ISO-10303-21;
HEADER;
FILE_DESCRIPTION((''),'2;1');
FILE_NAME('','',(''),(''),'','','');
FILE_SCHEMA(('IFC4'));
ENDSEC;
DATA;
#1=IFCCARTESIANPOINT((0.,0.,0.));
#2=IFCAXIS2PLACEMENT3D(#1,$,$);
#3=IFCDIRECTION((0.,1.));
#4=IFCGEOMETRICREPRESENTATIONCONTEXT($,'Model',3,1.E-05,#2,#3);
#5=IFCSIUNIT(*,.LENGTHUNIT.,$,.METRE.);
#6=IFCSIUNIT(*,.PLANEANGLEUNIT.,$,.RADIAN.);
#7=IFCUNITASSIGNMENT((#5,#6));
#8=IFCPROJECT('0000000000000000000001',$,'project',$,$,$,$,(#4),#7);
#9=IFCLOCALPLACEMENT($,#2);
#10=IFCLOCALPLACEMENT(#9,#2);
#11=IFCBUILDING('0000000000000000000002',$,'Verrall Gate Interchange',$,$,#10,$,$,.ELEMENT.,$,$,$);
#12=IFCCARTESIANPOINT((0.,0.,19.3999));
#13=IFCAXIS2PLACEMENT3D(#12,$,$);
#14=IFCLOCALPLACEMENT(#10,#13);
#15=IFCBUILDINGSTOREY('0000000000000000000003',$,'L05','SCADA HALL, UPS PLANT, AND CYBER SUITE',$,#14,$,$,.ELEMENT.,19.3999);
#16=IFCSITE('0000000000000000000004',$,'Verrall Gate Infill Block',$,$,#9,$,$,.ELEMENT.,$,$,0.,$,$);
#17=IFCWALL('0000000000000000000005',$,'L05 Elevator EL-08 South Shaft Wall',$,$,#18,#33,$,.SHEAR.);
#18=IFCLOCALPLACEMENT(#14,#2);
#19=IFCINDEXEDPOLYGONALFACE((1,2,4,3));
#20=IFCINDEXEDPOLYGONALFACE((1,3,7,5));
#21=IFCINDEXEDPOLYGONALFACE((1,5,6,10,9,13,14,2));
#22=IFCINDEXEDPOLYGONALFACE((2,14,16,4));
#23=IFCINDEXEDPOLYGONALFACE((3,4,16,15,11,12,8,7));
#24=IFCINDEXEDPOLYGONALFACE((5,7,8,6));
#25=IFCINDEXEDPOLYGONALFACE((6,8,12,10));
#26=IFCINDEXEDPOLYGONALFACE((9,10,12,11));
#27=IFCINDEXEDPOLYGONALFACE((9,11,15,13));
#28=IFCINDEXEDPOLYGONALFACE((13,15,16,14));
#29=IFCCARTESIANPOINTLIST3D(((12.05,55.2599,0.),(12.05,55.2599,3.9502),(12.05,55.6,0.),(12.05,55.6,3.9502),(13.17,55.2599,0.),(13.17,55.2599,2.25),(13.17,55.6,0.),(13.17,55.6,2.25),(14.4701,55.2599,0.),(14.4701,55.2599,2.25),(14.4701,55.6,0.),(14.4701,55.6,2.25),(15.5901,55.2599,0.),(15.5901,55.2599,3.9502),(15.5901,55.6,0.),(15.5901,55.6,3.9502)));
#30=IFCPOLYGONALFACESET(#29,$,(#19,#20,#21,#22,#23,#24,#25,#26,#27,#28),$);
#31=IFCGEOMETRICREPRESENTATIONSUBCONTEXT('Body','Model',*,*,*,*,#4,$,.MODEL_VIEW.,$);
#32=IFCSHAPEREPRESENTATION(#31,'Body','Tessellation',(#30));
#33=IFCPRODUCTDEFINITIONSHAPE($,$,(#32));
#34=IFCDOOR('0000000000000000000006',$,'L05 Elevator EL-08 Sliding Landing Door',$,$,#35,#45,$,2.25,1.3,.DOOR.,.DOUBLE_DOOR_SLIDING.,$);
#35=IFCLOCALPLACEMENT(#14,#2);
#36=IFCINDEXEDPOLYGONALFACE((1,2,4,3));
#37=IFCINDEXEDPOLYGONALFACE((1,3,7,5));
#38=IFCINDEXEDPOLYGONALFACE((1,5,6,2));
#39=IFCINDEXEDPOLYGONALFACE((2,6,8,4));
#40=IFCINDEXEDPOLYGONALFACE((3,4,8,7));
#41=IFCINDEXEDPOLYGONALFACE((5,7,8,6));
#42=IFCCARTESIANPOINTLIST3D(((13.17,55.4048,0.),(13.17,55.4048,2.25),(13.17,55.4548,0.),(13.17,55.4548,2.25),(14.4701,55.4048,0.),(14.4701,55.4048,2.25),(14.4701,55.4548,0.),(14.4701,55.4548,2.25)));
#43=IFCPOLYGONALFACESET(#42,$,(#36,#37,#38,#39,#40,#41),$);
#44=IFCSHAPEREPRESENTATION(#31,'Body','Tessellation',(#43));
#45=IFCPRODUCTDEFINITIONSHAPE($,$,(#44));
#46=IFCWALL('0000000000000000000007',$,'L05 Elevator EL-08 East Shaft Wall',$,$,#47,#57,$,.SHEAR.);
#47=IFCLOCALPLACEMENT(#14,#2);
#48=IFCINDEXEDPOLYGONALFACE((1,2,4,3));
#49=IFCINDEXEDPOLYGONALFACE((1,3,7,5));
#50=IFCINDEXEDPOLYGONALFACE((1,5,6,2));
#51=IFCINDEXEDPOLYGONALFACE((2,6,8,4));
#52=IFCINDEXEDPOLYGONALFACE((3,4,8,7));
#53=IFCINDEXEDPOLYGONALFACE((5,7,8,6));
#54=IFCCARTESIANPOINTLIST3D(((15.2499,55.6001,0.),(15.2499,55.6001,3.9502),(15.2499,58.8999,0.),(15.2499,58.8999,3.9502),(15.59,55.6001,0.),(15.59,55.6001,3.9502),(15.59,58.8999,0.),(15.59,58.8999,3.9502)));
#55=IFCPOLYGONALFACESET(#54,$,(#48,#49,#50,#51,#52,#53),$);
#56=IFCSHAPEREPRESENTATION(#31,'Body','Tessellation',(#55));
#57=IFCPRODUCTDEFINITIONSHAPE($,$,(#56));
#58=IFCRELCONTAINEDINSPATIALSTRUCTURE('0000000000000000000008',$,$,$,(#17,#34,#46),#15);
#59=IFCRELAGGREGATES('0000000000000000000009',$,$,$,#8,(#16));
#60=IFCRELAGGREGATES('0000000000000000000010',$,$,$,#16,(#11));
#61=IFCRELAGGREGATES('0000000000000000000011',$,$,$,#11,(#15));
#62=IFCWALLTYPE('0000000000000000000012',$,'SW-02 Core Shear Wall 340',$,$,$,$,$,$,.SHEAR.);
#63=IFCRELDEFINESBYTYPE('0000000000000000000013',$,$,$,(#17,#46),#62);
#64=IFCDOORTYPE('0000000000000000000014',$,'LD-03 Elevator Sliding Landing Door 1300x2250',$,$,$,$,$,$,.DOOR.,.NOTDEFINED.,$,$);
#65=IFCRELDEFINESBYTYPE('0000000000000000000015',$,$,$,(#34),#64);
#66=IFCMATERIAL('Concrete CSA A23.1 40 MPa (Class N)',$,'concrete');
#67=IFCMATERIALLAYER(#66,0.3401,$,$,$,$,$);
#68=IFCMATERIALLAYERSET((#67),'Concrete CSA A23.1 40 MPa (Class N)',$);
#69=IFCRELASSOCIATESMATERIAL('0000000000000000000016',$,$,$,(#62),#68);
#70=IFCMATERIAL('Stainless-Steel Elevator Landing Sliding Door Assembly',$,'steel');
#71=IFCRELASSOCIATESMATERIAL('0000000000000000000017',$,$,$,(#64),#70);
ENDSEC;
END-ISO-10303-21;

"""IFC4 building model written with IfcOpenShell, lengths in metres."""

from ifc_helpers import new_model, si_unit, direction, frame, frame_2d, origin, place, context, subcontext, project, spatial, rectangle, extrude, material, layer, layer_set, type_object, element, fill, save


model = new_model("IFC4")

# Units and contexts
model_context = context("Model", 3, precision=1e-05, world=origin(), true_north=direction((0.0, 1.0)))
body_context = subcontext(model_context, "Body", "Model", "MODEL_VIEW")
ifc_project = project(units=[si_unit("LENGTHUNIT", "METRE"), si_unit("PLANEANGLEUNIT", "RADIAN")], contexts=[model_context])

# Site, building, storey
site_placement = place(None, origin())
site = spatial("IfcSite", under=ifc_project, at=site_placement, Name="Verrall Gate Infill Block", CompositionType="ELEMENT", RefElevation=0.0)
building_placement = place(site_placement, origin())
building = spatial("IfcBuilding", under=site, at=building_placement, Name="Verrall Gate Interchange", CompositionType="ELEMENT")
storey_placement = place(building_placement, frame((0.0, 0.0, 19.3999)))
storey = spatial("IfcBuildingStorey", under=building, at=storey_placement, Name="L05", Description="SCADA HALL, UPS PLANT, AND CYBER SUITE", CompositionType="ELEMENT", Elevation=19.3999)

# Wall, opening, door
ifc_material_1 = material(Name="Concrete CSA A23.1 40 MPa (Class N)", Category="concrete")
ifc_layer_1 = layer(ifc_material_1, 0.3401)
ifc_layer_set_1 = layer_set([ifc_layer_1], Name="Concrete CSA A23.1 40 MPa (Class N)")
wall_type_1 = type_object("IfcWallType", Name="SW-02 Core Shear Wall 340", PredefinedType="SHEAR", material=ifc_layer_set_1)
wall_1_placement = place(storey_placement, frame((12.05, 55.4299, 0.0), z_axis=(0.0, 0.0, 1.0), x_axis=(1.0, 0.0, 0.0)))
wall_1 = element("IfcWall", 1, at=wall_1_placement, inside=storey, type_object=wall_type_1, Name="L05 Elevator EL-08 South Shaft Wall", PredefinedType="SHEAR", context=body_context, shape_type="SweptSolid", body=[
    extrude(rectangle(XDim=3.54, YDim=0.3401, at=frame_2d((1.77, 0.0))), origin(), (0.0, 0.0, 1.0), 3.9502),
])
opening_1_placement = place(wall_1_placement, frame((1.1201, 0.0, 0.0)))
opening_1 = element("IfcOpeningElement", 2, at=opening_1_placement, cuts=wall_1, PredefinedType="OPENING", context=body_context, shape_type="SweptSolid", body=[
    extrude(rectangle(XDim=1.3, YDim=2.25, at=frame_2d((0.6499, 1.125))), frame((0.0, 0.1851, 0.0), z_axis=(0.0, -1.0, 0.0), x_axis=(1.0, 0.0, 0.0)), (0.0, 0.0, 1.0), 0.3699),
])
ifc_material_2 = material(Name="Stainless-Steel Elevator Landing Sliding Door Assembly", Category="steel")
door_type_1 = type_object("IfcDoorType", Name="LD-03 Elevator Sliding Landing Door 1300x2250", OperationType="NOTDEFINED", PredefinedType="DOOR", material=ifc_material_2)
door_1_placement = place(opening_1_placement, origin())
door_1 = element("IfcDoor", 3, at=door_1_placement, inside=storey, type_object=door_type_1, Name="L05 Elevator EL-08 Sliding Landing Door", OperationType="DOUBLE_DOOR_SLIDING", OverallHeight=2.25, OverallWidth=1.3, PredefinedType="DOOR", context=body_context, shape_type="SweptSolid", body=[
    extrude(rectangle(XDim=1.3, YDim=2.25, at=frame_2d((0.6499, 1.125))), frame((0.0, 0.0249, 0.0), z_axis=(0.0, -1.0, 0.0), x_axis=(1.0, 0.0, 0.0)), (0.0, 0.0, 1.0), 0.05),
])
fill(opening_1, door_1)

# Wall
wall_2_placement = place(storey_placement, frame((15.4199, 55.6001, 0.0), z_axis=(0.0, 0.0, 1.0), x_axis=(0.0, 1.0, 0.0)))
element("IfcWall", 4, at=wall_2_placement, inside=storey, type_object=wall_type_1, Name="L05 Elevator EL-08 East Shaft Wall", PredefinedType="SHEAR", context=body_context, shape_type="SweptSolid", body=[
    extrude(rectangle(XDim=3.2998, YDim=0.3401, at=frame_2d((1.6499, 0.0))), origin(), (0.0, 0.0, 1.0), 3.9502),
])

save(model, "model.ifc")
